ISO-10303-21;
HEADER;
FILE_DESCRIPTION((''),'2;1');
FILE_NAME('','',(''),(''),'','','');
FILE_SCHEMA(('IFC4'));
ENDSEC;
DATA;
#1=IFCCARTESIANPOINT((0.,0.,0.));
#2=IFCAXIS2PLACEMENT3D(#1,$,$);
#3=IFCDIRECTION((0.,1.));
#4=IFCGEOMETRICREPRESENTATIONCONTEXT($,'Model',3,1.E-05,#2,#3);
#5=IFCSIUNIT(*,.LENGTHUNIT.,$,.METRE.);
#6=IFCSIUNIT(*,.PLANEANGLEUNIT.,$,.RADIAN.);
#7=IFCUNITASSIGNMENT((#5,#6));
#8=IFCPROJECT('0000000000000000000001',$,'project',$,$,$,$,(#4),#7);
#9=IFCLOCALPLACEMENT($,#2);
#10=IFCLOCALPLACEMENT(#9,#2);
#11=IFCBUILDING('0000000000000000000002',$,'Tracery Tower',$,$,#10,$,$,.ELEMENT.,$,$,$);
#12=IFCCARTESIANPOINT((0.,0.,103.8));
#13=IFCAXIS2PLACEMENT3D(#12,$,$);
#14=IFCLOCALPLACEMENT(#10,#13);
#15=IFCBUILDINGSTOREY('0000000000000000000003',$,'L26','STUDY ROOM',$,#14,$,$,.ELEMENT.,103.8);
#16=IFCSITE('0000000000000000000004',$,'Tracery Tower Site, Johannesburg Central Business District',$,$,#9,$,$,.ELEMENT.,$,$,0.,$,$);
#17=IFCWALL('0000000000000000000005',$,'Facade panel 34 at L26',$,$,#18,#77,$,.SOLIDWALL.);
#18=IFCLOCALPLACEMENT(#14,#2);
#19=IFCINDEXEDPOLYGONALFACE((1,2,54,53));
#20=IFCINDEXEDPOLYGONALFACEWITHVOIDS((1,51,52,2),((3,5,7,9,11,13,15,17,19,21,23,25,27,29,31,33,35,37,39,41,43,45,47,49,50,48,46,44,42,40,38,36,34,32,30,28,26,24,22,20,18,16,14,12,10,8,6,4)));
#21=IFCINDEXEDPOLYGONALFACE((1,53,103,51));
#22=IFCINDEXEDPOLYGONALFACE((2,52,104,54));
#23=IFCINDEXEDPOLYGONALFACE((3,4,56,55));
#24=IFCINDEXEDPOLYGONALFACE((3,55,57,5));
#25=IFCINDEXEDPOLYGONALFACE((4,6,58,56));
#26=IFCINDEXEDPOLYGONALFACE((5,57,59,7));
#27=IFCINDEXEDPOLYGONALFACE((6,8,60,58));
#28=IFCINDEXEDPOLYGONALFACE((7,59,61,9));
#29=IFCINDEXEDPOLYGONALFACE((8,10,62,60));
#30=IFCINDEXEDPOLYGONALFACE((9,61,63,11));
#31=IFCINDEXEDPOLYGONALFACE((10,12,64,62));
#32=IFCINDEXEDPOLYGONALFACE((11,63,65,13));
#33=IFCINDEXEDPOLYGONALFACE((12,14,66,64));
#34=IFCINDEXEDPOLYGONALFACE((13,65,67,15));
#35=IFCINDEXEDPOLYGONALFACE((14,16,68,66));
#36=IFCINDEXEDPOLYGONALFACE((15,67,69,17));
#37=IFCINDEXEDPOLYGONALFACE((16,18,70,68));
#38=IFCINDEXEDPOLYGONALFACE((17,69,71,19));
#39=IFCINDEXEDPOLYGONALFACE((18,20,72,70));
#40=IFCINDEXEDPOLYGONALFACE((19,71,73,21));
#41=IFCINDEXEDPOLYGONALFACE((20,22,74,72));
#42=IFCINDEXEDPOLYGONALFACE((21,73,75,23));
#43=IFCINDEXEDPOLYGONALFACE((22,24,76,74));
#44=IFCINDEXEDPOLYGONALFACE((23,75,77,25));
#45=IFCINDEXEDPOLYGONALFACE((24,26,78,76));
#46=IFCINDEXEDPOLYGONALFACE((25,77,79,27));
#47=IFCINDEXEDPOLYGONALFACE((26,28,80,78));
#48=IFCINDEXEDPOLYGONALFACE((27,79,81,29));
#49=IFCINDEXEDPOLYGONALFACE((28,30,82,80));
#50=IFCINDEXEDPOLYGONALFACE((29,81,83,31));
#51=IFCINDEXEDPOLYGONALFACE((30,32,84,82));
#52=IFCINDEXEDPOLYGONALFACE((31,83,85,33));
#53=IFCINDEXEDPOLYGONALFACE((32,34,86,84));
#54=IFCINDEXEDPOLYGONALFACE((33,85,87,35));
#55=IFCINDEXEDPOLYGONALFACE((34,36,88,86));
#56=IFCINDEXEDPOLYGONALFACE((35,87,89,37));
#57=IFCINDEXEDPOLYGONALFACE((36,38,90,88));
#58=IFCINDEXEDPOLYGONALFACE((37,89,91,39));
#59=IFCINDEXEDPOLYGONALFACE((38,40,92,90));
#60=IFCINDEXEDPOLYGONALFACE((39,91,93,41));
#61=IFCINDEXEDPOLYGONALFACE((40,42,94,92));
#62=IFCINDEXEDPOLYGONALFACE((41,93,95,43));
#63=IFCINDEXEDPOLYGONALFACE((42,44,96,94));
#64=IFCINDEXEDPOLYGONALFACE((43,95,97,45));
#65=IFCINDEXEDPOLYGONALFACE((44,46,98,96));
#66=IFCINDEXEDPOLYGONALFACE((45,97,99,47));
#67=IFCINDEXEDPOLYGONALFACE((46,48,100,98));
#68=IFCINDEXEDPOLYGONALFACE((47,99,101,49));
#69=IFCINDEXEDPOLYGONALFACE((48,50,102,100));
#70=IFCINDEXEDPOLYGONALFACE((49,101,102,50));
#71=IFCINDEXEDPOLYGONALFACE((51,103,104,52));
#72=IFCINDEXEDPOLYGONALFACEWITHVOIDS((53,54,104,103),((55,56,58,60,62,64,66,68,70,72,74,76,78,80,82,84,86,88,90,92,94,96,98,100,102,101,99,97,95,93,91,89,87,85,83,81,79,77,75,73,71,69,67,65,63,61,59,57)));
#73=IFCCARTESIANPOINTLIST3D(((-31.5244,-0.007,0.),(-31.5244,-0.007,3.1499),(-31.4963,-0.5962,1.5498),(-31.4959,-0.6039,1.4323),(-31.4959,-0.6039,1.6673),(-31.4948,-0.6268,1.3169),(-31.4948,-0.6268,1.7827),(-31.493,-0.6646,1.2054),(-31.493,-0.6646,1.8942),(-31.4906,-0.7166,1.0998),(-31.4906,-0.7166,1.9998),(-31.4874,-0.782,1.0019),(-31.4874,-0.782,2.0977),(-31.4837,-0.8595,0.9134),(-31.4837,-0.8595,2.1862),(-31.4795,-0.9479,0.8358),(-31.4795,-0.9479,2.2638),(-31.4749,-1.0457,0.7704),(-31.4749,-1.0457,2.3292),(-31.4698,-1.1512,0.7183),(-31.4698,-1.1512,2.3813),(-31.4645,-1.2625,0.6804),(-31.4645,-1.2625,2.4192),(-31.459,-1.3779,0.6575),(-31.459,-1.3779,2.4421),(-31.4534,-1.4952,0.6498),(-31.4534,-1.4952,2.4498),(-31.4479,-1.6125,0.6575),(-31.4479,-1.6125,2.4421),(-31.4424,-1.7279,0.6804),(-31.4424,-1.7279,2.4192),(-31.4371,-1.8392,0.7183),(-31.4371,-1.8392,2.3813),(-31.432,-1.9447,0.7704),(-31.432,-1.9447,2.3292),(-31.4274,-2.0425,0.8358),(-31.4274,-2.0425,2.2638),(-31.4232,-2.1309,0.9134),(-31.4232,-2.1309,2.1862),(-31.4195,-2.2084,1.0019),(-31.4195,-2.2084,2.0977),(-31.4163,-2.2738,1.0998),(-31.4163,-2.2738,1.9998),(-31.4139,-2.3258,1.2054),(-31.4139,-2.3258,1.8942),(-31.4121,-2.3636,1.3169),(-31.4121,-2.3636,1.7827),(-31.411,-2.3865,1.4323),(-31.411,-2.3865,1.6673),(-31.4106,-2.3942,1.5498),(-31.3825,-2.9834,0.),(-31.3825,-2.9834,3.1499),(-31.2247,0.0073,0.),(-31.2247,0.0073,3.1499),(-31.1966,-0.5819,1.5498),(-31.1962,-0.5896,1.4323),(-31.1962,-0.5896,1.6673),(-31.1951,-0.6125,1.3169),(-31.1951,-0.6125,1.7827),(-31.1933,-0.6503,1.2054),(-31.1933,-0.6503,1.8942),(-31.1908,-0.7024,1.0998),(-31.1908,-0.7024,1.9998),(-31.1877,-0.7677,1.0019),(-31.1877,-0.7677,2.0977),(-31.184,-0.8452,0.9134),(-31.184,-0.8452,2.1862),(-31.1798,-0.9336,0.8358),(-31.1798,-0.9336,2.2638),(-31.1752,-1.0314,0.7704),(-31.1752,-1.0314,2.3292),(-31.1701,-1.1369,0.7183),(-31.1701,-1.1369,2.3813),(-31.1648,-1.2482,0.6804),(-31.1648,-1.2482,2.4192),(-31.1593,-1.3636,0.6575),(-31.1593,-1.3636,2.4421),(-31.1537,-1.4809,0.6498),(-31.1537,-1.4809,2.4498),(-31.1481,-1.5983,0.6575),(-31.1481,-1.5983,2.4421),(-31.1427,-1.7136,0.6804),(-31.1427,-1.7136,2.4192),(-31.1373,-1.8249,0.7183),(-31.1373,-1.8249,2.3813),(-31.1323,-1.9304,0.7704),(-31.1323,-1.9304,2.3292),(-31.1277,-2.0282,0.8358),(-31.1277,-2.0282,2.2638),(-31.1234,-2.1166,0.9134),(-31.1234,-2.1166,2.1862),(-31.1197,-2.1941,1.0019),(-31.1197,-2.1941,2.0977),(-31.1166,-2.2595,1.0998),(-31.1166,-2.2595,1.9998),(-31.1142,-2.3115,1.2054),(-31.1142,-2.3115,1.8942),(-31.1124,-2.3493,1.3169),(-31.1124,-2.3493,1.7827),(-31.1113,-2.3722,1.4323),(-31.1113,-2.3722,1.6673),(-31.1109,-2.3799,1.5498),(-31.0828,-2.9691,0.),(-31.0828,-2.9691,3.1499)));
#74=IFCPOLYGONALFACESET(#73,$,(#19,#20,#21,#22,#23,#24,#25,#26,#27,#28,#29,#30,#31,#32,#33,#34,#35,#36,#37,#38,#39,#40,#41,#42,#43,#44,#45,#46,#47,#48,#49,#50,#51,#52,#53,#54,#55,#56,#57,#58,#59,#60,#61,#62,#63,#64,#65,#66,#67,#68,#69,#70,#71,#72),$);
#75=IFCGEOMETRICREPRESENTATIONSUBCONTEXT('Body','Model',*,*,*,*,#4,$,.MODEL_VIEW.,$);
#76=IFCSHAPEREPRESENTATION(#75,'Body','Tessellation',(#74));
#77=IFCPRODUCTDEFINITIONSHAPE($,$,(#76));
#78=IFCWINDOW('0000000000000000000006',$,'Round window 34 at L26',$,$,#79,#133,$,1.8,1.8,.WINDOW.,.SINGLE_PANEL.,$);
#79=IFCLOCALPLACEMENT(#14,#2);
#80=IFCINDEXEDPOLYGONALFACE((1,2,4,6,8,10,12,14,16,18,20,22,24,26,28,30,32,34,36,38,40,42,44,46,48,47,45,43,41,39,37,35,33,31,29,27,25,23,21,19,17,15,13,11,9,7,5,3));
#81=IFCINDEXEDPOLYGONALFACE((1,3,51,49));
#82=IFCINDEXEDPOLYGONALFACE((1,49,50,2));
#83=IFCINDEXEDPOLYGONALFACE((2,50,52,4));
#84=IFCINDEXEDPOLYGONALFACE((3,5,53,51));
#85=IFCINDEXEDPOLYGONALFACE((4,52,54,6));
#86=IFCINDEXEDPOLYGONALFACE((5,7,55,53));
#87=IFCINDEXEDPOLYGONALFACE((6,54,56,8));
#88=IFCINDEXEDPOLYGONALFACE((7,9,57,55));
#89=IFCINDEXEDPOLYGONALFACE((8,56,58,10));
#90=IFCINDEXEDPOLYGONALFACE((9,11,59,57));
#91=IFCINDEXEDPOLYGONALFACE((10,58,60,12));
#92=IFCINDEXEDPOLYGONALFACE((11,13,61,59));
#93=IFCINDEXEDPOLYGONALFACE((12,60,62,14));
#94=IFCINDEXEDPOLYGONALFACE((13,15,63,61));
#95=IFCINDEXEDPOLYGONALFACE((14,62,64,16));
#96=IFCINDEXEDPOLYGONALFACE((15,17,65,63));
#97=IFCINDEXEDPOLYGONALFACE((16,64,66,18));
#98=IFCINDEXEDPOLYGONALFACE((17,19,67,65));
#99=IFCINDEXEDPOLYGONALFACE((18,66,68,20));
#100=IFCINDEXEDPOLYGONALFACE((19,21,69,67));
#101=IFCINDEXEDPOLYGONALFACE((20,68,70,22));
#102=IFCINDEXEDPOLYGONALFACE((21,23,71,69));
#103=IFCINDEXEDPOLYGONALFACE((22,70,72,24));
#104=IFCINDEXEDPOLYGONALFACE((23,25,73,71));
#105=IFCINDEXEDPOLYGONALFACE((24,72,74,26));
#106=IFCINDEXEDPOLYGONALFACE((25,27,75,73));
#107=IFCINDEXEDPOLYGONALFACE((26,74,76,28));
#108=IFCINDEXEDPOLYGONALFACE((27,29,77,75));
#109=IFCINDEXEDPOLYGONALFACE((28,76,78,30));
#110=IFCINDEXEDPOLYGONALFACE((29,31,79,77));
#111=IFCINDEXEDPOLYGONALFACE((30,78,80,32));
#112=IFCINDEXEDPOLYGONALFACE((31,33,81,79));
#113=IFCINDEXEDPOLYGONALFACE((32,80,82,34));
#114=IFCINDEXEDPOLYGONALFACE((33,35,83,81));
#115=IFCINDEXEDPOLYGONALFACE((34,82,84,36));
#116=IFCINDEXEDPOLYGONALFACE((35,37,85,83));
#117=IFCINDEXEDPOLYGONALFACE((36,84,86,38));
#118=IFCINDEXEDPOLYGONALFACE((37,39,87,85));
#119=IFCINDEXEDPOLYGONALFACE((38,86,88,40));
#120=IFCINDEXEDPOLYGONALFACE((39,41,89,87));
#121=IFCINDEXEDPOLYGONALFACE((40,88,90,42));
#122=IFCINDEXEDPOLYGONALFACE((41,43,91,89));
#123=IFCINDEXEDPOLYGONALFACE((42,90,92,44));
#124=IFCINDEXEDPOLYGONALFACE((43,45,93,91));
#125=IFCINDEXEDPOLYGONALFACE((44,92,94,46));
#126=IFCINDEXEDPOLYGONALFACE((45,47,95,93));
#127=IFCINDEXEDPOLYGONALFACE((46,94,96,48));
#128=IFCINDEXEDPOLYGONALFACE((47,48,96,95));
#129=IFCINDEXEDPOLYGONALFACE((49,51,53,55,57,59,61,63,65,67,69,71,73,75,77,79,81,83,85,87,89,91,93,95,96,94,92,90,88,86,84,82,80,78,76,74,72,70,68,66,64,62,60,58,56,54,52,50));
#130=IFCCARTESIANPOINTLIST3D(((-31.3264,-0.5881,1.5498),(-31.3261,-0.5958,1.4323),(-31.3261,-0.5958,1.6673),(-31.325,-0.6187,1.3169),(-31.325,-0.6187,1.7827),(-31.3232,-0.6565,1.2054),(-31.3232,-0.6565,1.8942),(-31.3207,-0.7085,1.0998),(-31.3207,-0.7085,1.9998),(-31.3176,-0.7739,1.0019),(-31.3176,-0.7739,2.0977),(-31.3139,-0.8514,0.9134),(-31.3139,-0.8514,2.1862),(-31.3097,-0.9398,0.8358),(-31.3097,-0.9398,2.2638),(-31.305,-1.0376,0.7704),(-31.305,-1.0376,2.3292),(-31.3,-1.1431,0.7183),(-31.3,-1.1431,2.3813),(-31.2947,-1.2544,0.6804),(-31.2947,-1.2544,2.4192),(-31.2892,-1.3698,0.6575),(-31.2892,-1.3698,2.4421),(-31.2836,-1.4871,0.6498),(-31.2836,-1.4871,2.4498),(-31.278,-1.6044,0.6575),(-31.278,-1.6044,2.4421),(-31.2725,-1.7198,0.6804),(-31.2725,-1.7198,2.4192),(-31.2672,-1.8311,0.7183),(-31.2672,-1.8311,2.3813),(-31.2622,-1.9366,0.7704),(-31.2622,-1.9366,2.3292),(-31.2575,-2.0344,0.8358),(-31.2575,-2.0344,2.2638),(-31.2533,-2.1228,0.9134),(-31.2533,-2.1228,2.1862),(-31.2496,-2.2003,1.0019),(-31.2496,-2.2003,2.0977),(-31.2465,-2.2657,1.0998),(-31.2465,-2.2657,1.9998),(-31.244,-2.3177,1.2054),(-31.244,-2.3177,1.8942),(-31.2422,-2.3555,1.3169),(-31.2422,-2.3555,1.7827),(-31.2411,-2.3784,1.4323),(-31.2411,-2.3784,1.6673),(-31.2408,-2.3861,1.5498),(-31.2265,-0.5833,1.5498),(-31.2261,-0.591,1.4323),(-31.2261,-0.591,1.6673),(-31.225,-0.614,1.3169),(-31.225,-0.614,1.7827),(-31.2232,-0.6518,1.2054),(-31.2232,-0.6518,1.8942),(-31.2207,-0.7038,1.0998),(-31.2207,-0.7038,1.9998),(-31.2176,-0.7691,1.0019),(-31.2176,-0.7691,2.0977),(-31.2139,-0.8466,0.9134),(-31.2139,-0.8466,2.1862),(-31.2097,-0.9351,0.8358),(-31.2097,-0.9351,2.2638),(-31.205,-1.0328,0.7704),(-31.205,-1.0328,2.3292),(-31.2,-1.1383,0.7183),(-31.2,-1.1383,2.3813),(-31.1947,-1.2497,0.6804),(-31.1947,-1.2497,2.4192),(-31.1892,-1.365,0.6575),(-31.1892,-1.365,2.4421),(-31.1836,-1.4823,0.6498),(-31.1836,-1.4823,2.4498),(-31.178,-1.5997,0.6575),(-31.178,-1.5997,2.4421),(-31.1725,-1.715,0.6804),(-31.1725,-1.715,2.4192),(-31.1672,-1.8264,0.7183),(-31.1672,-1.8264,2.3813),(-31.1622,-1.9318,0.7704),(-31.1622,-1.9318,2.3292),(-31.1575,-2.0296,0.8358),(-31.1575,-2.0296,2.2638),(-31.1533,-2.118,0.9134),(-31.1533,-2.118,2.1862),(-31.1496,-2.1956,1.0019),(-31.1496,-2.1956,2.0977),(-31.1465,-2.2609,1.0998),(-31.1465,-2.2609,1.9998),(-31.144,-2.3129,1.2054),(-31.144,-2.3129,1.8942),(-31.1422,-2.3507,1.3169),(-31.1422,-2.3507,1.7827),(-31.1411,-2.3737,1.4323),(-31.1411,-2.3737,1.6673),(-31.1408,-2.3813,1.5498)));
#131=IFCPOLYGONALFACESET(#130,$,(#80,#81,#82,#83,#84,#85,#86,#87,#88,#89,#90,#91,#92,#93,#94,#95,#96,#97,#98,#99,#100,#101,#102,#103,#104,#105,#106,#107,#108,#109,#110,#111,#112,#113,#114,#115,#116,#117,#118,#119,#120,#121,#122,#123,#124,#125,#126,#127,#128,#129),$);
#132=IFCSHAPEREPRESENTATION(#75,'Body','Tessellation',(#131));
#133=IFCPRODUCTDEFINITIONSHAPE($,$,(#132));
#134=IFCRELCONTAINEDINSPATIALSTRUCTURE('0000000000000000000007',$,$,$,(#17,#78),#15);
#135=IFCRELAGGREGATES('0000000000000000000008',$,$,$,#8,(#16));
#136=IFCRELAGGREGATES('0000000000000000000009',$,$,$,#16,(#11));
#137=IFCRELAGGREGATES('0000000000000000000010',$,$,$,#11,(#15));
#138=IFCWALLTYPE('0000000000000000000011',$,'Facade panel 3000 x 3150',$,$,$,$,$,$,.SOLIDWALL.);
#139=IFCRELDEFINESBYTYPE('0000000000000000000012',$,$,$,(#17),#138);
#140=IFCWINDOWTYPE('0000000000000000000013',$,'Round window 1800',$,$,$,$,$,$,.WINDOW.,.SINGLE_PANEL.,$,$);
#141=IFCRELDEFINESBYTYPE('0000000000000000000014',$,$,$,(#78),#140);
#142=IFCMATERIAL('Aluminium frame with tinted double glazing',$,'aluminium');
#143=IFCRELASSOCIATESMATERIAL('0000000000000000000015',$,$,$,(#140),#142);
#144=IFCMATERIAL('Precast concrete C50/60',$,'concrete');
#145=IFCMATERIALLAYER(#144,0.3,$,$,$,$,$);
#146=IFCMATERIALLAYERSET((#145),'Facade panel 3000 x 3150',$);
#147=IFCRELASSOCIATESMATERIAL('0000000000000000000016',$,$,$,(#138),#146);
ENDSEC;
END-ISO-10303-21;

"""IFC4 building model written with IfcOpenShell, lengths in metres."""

from ifc_helpers import new_model, si_unit, direction, frame, frame_2d, origin, origin_2d, place, context, subcontext, project, spatial, rectangle, circle, extrude, material, layer, layer_set, type_object, element, fill, save


model = new_model("IFC4")

# Units and contexts
model_context = context("Model", 3, precision=1e-05, world=origin(), true_north=direction((0.0, 1.0)))
body_context = subcontext(model_context, "Body", "Model", "MODEL_VIEW")
ifc_project = project(units=[si_unit("LENGTHUNIT", "METRE"), si_unit("PLANEANGLEUNIT", "RADIAN")], contexts=[model_context])

# Site, building, storey
site_placement = place(None, origin())
site = spatial("IfcSite", under=ifc_project, at=site_placement, Name="Tracery Tower Site, Johannesburg Central Business District", CompositionType="ELEMENT", RefElevation=0.0)
building_placement = place(site_placement, origin())
building = spatial("IfcBuilding", under=site, at=building_placement, Name="Tracery Tower", CompositionType="ELEMENT")
storey_placement = place(building_placement, frame((0.0, 0.0, 103.8)))
storey = spatial("IfcBuildingStorey", under=building, at=storey_placement, Name="L26", Description="STUDY ROOM", CompositionType="ELEMENT", Elevation=103.8)

# Wall, opening, window
ifc_material_1 = material(Name="Aluminium frame with tinted double glazing", Category="aluminium")
window_type = type_object("IfcWindowType", Name="Round window 1800", PartitioningType="SINGLE_PANEL", PredefinedType="WINDOW", material=ifc_material_1)
ifc_material_2 = material(Name="Precast concrete C50/60", Category="concrete")
ifc_layer_1 = layer(ifc_material_2, 0.3)
ifc_layer_set_1 = layer_set([ifc_layer_1], Name="Facade panel 3000 x 3150")
wall_type_1 = type_object("IfcWallType", Name="Facade panel 3000 x 3150", PredefinedType="SOLIDWALL", material=ifc_layer_set_1)
wall_1_placement = place(storey_placement, frame((-31.3745, 0.0, 0.0), z_axis=(0.0, 0.0, 1.0), x_axis=(0.047604, -0.998866, 0.0)))
wall_1 = element("IfcWall", 1, at=wall_1_placement, inside=storey, type_object=wall_type_1, Name="Facade panel 34 at L26", PredefinedType="SOLIDWALL", context=body_context, shape_type="SweptSolid", body=[
    extrude(rectangle(XDim=2.9797, YDim=0.3, at=frame_2d((1.4897, 0.0))), origin(), (0.0, 0.0, 1.0), 3.1499),
])
opening_1_placement = place(wall_1_placement, frame((1.4897, 0.0, 1.5498)))
opening_1 = element("IfcOpeningElement", 2, at=opening_1_placement, cuts=wall_1, PredefinedType="OPENING", context=body_context, shape_type="SweptSolid", body=[
    extrude(circle(Radius=0.9, at=origin_2d()), frame((0.0, 0.1599, 0.0), z_axis=(0.0, -1.0, 0.0), x_axis=(1.0, 0.0, 0.0)), (0.0, 0.0, 1.0), 0.3201),
])
window_1_placement = place(opening_1_placement, origin())
window_1 = element("IfcWindow", 3, at=window_1_placement, inside=storey, type_object=window_type, Name="Round window 34 at L26", OverallHeight=1.8, OverallWidth=1.8, PartitioningType="SINGLE_PANEL", PredefinedType="WINDOW", context=body_context, shape_type="SweptSolid", body=[
    extrude(circle(Radius=0.9, at=origin_2d()), frame((0.0, 0.1201, 0.0), z_axis=(0.0, -1.0, 0.0), x_axis=(1.0, 0.0, 0.0)), (0.0, 0.0, 1.0), 0.1001),
])
fill(opening_1, window_1)

save(model, "model.ifc")
